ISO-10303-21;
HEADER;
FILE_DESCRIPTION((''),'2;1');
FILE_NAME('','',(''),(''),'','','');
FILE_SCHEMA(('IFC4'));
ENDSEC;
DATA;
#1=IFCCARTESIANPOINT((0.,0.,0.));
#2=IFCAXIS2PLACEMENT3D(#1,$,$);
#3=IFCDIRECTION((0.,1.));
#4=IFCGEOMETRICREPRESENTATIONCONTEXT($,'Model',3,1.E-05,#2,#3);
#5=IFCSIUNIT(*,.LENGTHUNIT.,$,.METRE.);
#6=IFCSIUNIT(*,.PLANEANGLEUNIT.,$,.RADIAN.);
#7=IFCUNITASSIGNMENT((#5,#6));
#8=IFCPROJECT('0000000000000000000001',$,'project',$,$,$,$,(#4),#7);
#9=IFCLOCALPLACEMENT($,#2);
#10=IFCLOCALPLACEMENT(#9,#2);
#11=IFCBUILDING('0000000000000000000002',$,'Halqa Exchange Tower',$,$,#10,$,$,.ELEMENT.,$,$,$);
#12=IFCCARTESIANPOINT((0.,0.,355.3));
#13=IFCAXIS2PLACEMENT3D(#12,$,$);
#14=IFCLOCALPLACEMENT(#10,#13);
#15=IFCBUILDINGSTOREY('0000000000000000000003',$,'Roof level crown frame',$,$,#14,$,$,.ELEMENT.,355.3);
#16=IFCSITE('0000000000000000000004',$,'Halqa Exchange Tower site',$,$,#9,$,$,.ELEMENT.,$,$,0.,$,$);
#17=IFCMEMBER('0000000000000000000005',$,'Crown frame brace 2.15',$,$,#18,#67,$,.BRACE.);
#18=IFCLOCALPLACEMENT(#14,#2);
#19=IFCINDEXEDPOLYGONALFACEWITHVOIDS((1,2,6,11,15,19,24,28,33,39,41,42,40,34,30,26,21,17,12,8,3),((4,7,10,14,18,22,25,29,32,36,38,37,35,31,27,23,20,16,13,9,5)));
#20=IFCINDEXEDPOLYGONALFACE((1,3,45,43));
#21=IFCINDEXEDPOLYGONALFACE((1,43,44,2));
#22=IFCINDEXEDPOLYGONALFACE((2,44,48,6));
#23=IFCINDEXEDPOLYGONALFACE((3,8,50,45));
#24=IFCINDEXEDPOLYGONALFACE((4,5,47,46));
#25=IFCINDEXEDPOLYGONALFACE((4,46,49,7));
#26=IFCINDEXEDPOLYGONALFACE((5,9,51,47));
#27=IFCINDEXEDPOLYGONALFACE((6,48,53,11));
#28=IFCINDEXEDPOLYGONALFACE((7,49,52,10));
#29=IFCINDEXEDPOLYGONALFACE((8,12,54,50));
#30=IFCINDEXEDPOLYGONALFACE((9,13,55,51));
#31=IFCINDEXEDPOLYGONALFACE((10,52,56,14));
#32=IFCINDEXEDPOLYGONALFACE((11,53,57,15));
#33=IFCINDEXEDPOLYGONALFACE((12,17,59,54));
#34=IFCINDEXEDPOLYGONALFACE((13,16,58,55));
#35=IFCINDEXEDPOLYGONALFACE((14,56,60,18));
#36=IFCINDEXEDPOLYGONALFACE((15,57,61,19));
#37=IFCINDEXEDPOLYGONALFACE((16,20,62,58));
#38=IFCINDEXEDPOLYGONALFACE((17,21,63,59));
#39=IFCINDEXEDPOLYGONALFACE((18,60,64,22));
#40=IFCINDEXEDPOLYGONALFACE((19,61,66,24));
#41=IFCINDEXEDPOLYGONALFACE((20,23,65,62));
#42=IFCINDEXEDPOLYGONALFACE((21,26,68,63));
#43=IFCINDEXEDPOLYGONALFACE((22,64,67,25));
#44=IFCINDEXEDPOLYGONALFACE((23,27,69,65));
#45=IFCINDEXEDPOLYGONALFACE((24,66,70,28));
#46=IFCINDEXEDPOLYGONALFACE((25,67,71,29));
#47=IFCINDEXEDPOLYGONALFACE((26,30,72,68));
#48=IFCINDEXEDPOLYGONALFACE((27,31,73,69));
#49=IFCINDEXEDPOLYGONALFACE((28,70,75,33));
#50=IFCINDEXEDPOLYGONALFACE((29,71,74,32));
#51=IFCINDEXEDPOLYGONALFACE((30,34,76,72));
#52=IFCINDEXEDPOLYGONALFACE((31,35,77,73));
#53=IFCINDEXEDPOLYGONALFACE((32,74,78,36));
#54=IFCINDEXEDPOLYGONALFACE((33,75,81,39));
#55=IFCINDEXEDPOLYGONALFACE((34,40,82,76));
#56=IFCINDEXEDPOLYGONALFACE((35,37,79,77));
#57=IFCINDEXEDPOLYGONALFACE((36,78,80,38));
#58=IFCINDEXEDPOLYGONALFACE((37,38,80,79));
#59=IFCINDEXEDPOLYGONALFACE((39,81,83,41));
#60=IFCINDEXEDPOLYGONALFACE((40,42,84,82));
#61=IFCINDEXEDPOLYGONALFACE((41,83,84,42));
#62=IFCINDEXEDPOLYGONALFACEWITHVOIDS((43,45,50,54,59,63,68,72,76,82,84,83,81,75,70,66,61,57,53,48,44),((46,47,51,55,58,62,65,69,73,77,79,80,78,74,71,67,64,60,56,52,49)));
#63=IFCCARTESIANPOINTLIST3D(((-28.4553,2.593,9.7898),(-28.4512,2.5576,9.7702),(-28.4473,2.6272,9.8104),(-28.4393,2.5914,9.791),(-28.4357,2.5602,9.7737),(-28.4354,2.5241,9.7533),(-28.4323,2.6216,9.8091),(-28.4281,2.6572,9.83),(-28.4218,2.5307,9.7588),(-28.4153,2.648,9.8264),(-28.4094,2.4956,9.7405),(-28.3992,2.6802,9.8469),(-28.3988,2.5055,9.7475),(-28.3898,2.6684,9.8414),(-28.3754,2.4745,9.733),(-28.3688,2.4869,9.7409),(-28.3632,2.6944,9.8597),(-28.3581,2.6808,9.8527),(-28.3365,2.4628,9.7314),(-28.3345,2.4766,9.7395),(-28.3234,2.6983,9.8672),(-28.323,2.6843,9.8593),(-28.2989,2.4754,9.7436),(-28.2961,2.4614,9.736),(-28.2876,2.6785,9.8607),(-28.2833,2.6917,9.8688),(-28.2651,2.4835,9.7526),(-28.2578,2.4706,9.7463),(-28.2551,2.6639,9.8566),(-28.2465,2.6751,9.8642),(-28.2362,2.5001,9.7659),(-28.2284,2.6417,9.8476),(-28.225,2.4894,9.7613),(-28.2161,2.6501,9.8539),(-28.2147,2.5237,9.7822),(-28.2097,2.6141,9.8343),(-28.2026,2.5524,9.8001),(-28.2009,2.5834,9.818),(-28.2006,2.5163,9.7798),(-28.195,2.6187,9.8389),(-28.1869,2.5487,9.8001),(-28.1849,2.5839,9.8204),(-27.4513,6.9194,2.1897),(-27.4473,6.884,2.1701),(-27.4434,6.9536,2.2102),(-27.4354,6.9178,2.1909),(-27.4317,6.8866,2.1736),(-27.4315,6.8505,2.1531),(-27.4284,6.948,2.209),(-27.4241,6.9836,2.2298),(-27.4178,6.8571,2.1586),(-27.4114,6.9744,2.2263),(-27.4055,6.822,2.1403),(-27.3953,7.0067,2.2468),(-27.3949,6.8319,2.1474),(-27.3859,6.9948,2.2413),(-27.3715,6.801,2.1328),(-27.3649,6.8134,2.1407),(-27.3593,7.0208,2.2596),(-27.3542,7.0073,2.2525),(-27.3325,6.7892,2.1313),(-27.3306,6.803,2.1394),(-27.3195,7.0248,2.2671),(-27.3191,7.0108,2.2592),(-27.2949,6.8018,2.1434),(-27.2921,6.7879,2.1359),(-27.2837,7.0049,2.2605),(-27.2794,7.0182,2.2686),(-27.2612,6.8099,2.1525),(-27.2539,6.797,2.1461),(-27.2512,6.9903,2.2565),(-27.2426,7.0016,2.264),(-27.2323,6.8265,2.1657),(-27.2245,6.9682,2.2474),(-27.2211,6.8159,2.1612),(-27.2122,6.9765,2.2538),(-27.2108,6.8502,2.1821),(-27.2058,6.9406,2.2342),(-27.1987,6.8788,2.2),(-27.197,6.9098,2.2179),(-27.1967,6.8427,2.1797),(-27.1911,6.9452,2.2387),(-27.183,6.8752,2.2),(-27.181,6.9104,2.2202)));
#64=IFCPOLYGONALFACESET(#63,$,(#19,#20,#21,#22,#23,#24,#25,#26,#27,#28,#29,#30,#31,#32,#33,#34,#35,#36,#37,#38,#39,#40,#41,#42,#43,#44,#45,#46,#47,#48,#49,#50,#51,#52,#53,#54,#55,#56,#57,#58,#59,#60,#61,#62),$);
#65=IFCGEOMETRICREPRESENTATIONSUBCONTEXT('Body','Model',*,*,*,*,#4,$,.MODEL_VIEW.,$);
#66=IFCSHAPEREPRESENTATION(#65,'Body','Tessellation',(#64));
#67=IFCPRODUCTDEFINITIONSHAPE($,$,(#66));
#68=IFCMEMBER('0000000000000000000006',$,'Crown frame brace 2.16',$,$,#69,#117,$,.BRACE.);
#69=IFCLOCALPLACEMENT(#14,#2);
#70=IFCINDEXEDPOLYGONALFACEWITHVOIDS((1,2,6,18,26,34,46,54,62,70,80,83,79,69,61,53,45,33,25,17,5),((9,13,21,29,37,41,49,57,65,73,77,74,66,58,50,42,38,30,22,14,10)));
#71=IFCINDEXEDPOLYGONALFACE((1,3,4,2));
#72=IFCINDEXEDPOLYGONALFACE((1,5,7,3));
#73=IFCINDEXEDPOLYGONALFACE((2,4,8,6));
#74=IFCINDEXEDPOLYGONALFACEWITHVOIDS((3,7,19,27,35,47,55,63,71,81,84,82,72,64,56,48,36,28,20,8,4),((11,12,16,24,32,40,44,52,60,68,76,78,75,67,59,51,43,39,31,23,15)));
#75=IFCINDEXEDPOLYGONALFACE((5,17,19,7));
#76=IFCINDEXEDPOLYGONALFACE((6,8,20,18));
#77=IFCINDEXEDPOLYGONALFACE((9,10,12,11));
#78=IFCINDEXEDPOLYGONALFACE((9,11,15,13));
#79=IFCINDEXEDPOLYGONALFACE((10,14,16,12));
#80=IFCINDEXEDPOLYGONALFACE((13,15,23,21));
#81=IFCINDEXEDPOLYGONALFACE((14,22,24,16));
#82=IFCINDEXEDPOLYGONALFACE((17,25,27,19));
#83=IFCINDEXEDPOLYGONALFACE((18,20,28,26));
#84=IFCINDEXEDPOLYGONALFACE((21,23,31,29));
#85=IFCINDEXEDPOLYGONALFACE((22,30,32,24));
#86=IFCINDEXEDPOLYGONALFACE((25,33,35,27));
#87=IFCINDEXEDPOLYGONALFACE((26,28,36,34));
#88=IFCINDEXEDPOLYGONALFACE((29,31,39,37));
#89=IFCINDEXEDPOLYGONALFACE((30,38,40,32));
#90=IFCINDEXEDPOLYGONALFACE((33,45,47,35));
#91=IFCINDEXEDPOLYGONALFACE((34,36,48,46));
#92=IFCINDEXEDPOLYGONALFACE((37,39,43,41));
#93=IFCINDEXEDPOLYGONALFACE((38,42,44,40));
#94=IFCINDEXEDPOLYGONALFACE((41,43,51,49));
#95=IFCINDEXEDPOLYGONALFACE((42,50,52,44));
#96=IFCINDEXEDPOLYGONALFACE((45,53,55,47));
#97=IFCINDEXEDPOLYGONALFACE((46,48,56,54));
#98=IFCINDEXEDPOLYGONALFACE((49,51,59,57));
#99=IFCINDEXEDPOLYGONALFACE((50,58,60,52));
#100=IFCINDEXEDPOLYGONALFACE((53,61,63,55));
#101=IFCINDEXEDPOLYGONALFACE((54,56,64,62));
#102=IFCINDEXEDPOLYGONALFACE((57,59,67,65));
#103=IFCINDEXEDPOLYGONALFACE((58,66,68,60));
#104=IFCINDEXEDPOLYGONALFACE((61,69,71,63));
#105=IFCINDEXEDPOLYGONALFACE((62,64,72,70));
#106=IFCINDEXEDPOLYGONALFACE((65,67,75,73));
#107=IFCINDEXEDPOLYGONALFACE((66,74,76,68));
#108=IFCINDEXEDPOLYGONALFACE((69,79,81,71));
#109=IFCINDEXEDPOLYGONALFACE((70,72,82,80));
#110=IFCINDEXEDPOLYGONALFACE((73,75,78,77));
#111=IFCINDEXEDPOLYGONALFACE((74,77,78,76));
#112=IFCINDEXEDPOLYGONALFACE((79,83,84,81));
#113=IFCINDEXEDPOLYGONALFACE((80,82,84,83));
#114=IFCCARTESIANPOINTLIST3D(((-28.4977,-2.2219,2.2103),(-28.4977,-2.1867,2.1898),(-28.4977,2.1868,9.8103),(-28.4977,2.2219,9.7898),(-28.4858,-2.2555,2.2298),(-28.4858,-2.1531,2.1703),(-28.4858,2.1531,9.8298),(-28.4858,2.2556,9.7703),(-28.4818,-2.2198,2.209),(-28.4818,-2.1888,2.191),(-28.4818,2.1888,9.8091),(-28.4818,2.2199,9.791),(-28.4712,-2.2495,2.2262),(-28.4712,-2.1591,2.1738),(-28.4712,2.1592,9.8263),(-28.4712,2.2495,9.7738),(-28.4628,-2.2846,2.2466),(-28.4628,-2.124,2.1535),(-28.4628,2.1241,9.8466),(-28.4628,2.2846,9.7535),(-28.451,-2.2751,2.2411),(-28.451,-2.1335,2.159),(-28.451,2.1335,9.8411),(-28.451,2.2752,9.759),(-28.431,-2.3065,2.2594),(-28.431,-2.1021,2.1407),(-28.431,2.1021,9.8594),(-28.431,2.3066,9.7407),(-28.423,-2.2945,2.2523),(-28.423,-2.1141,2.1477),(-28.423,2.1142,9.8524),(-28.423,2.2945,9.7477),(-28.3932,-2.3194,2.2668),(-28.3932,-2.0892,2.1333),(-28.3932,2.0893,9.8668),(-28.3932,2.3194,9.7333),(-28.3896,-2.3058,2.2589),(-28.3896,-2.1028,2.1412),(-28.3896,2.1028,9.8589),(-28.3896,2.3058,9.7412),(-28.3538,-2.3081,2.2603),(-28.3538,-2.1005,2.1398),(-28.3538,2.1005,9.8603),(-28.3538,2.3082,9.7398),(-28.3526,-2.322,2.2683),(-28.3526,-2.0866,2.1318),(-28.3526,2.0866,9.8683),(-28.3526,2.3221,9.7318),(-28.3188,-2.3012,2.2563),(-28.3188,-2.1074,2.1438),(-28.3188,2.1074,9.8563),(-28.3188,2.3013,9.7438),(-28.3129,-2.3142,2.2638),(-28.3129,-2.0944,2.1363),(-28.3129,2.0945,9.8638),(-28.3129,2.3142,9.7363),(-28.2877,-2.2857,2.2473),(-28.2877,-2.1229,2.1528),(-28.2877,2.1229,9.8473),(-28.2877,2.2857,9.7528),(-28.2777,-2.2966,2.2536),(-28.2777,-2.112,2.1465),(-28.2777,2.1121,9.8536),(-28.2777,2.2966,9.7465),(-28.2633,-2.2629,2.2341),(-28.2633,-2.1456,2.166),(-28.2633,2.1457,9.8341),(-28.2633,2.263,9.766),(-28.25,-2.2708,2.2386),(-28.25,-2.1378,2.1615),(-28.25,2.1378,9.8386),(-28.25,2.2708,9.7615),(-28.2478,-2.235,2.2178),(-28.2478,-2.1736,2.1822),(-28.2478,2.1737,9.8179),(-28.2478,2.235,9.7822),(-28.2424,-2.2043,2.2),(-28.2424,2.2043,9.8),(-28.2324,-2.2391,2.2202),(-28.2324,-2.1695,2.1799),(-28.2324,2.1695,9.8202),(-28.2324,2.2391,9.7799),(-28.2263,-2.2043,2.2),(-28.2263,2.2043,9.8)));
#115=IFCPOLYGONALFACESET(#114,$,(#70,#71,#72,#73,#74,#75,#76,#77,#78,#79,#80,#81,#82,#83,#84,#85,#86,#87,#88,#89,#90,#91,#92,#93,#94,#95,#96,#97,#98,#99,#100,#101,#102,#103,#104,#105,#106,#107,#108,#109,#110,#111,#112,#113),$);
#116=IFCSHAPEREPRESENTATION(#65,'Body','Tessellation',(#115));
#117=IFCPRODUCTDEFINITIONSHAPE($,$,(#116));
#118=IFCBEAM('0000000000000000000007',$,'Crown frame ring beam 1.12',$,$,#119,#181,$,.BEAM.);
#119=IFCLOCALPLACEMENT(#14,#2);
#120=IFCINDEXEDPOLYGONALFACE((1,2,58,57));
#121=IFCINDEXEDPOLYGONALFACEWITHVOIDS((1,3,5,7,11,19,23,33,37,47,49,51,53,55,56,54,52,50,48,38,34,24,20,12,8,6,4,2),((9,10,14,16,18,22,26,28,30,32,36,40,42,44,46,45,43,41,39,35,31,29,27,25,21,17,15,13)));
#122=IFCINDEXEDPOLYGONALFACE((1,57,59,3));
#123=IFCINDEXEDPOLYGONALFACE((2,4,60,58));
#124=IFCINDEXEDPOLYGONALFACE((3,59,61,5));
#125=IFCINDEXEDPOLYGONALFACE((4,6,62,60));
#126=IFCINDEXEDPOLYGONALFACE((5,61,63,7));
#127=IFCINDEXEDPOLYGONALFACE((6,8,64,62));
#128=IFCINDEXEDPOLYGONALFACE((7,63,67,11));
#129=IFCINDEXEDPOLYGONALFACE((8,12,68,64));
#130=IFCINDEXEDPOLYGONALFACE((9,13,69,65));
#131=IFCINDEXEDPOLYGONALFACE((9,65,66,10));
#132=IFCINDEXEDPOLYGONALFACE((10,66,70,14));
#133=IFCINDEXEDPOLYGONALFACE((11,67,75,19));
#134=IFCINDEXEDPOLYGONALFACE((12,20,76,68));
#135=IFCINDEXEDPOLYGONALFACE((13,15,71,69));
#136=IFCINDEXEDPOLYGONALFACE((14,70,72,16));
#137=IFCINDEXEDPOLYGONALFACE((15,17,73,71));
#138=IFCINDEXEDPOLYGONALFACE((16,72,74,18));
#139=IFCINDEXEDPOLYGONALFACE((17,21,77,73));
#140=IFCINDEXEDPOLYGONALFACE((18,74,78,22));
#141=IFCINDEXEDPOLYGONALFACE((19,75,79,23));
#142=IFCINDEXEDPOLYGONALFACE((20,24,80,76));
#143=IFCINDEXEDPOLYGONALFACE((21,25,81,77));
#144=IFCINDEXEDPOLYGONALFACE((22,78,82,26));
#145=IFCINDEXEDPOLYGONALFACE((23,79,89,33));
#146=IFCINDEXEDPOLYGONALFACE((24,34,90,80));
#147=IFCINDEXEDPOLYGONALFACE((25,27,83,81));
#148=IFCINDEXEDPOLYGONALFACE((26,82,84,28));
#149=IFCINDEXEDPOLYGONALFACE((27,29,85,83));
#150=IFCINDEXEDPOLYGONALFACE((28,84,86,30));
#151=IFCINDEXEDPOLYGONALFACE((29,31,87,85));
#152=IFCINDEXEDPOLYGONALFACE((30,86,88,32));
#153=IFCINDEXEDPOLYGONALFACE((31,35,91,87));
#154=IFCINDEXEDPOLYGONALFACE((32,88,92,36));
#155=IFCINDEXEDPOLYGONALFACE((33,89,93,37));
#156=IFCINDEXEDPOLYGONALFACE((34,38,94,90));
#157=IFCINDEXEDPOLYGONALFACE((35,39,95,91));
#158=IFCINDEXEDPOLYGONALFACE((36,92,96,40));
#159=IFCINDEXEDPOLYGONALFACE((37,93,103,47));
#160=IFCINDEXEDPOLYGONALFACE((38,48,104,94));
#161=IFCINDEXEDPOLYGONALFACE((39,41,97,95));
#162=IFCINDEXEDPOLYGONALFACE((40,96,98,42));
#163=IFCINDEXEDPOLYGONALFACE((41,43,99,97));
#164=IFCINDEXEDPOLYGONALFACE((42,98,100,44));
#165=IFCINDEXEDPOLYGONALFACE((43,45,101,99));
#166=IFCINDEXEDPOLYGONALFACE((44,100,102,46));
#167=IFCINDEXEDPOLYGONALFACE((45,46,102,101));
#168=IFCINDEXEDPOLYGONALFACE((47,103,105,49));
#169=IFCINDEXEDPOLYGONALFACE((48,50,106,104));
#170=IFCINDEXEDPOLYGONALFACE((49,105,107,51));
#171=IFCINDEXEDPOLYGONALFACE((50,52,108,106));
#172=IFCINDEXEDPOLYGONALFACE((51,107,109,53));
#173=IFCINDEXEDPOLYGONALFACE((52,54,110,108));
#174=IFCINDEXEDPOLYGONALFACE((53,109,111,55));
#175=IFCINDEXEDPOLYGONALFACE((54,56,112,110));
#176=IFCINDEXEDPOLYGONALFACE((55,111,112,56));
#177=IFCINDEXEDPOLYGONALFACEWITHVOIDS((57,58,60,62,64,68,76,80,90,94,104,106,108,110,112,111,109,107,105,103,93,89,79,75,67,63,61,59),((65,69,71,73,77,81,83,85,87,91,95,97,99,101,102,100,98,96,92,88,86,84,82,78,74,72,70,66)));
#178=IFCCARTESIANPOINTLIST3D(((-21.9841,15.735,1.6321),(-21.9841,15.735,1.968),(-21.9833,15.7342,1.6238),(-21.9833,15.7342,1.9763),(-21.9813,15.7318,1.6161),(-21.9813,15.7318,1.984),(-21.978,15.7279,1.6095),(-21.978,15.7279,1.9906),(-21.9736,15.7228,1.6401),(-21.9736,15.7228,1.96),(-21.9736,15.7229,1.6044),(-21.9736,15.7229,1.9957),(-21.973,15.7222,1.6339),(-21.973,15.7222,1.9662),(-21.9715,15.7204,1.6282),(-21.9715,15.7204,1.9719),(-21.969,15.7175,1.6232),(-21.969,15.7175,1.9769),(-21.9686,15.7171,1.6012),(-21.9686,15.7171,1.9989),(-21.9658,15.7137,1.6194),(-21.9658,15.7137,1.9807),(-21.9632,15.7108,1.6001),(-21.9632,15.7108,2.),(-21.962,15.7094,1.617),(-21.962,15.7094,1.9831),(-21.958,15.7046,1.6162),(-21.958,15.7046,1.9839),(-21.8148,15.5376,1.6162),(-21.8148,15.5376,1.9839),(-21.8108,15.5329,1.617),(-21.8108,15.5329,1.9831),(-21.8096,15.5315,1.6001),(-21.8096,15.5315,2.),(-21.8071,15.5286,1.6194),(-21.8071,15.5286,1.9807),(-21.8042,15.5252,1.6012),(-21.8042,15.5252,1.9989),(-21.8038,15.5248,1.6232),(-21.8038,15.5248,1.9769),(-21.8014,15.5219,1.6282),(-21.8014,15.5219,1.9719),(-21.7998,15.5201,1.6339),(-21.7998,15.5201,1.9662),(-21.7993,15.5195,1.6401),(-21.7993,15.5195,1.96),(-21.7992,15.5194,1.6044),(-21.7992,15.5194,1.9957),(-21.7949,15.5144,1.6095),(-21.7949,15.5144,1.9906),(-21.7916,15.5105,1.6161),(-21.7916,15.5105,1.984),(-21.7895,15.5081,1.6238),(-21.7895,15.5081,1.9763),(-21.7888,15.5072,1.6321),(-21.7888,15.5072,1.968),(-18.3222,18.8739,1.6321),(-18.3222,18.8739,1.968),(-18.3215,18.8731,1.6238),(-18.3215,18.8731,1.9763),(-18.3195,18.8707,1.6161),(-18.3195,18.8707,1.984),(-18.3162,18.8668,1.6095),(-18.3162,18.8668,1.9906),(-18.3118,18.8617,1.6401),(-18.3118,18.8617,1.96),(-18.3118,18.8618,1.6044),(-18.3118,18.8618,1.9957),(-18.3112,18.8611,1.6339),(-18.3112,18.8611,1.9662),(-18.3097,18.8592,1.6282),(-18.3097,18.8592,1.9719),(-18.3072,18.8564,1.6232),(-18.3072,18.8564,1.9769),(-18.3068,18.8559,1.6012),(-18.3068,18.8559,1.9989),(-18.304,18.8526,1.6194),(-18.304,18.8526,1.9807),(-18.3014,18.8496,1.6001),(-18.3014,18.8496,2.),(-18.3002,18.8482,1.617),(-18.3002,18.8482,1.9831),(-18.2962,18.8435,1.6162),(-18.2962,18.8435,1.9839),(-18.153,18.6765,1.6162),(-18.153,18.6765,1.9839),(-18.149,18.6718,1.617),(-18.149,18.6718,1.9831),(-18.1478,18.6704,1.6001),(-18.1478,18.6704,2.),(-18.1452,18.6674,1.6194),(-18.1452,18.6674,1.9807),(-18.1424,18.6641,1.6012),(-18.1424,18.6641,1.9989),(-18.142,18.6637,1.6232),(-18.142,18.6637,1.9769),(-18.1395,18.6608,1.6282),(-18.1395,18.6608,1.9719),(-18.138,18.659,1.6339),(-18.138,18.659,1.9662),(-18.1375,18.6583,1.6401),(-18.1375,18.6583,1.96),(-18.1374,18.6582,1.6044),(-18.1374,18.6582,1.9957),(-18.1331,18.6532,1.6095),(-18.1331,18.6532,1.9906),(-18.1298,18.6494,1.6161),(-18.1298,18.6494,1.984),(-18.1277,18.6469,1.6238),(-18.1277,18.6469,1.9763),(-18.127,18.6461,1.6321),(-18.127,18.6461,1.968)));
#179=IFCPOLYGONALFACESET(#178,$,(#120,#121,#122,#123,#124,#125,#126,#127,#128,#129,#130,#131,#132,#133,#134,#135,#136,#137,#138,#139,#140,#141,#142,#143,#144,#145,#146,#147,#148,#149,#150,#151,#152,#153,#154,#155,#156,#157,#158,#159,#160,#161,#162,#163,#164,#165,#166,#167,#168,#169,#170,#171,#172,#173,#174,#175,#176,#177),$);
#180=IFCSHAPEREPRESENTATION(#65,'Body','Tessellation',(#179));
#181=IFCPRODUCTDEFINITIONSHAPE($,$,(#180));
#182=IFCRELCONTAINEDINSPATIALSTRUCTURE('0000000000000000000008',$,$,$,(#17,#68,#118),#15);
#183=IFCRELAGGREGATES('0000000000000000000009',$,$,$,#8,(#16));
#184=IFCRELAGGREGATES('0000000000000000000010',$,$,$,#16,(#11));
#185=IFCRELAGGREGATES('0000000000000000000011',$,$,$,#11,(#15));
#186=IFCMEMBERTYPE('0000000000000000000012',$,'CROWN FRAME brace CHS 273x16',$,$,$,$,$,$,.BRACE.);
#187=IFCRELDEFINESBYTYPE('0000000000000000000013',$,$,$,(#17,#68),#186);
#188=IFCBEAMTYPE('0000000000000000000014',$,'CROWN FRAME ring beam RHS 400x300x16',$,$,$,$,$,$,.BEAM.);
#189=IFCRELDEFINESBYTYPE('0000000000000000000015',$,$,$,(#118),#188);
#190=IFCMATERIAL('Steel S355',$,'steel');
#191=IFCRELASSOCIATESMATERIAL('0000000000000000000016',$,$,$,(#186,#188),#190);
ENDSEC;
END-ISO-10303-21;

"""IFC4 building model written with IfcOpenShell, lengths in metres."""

from ifc_helpers import new_model, si_unit, direction, frame, origin, origin_2d, place, context, subcontext, project, spatial, hollow_rectangle, hollow_circle, extrude, material, material_profile, profile_set, type_object, element, save


model = new_model("IFC4")

# Units and contexts
model_context = context("Model", 3, precision=1e-05, world=origin(), true_north=direction((0.0, 1.0)))
body_context = subcontext(model_context, "Body", "Model", "MODEL_VIEW")
ifc_project = project(units=[si_unit("LENGTHUNIT", "METRE"), si_unit("PLANEANGLEUNIT", "RADIAN")], contexts=[model_context])

# Site, building, storey
site_placement = place(None, origin())
site = spatial("IfcSite", under=ifc_project, at=site_placement, Name="Halqa Exchange Tower site", CompositionType="ELEMENT", RefElevation=0.0)
building_placement = place(site_placement, origin())
building = spatial("IfcBuilding", under=site, at=building_placement, Name="Halqa Exchange Tower", CompositionType="ELEMENT")
storey_placement = place(building_placement, frame((0.0, 0.0, 355.3)))
storey = spatial("IfcBuildingStorey", under=building, at=storey_placement, Name="Roof level crown frame", CompositionType="ELEMENT", Elevation=355.3)

# Shared definitions
ifc_material_1 = material(Name="Steel S355", Category="steel")

# Members
ifc_material_profile_1 = material_profile(ifc_material_1, hollow_circle(Radius=0.1365, WallThickness=0.0161, at=origin_2d()), Name="CHS 273x16")
ifc_profile_set_1 = profile_set([ifc_material_profile_1], Name="Steel S355")
member_type = type_object("IfcMemberType", Name="CROWN FRAME brace CHS 273x16", PredefinedType="BRACE", material=ifc_profile_set_1)
member_1_placement = place(storey_placement, frame((-27.3159, 6.906, 2.2), z_axis=(-0.114046, -0.491488, 0.863384), x_axis=(0.974119, -0.226036, 0.0)))
element("IfcMember", 1, at=member_1_placement, inside=storey, type_object=member_type, Name="Crown frame brace 2.15", PredefinedType="BRACE", context=body_context, shape_type="SweptSolid", body=[
    extrude(hollow_circle(Radius=0.1365, WallThickness=0.0161, at=origin_2d()), origin(), (0.0, 0.0, 1.0), 8.8027),
])
member_2_placement = place(storey_placement, frame((-28.3628, 2.2043, 9.8), z_axis=(0.0, -0.501772, -0.865), x_axis=(1.0, 0.0, 0.0)))
element("IfcMember", 2, at=member_2_placement, inside=storey, type_object=member_type, Name="Crown frame brace 2.16", PredefinedType="BRACE", context=body_context, shape_type="SweptSolid", body=[
    extrude(hollow_circle(Radius=0.1365, WallThickness=0.0161, at=origin_2d()), origin(), (0.0, 0.0, 1.0), 8.7861),
])

# Beam
ifc_material_profile_2 = material_profile(ifc_material_1, hollow_rectangle(XDim=0.3, YDim=0.3999, WallThickness=0.0161, InnerFilletRadius=0.0239, OuterFilletRadius=0.032, at=origin_2d()), Name="RHS 400x300x16")
ifc_profile_set_2 = profile_set([ifc_material_profile_2], Name="Steel S355")
beam_type = type_object("IfcBeamType", Name="CROWN FRAME ring beam RHS 400x300x16", PredefinedType="BEAM", material=ifc_profile_set_2)
beam_1_placement = place(storey_placement, frame((-18.2246, 18.76, 1.8), z_axis=(-0.759239, -0.650812, 0.0), x_axis=(0.650812, -0.759239, 0.0)))
element("IfcBeam", 3, at=beam_1_placement, inside=storey, type_object=beam_type, Name="Crown frame ring beam 1.12", PredefinedType="BEAM", context=body_context, shape_type="SweptSolid", body=[
    extrude(hollow_rectangle(XDim=0.3, YDim=0.3999, WallThickness=0.0161, InnerFilletRadius=0.0239, OuterFilletRadius=0.032, at=origin_2d()), origin(), (0.0, 0.0, 1.0), 4.823),
])

save(model, "model.ifc")
